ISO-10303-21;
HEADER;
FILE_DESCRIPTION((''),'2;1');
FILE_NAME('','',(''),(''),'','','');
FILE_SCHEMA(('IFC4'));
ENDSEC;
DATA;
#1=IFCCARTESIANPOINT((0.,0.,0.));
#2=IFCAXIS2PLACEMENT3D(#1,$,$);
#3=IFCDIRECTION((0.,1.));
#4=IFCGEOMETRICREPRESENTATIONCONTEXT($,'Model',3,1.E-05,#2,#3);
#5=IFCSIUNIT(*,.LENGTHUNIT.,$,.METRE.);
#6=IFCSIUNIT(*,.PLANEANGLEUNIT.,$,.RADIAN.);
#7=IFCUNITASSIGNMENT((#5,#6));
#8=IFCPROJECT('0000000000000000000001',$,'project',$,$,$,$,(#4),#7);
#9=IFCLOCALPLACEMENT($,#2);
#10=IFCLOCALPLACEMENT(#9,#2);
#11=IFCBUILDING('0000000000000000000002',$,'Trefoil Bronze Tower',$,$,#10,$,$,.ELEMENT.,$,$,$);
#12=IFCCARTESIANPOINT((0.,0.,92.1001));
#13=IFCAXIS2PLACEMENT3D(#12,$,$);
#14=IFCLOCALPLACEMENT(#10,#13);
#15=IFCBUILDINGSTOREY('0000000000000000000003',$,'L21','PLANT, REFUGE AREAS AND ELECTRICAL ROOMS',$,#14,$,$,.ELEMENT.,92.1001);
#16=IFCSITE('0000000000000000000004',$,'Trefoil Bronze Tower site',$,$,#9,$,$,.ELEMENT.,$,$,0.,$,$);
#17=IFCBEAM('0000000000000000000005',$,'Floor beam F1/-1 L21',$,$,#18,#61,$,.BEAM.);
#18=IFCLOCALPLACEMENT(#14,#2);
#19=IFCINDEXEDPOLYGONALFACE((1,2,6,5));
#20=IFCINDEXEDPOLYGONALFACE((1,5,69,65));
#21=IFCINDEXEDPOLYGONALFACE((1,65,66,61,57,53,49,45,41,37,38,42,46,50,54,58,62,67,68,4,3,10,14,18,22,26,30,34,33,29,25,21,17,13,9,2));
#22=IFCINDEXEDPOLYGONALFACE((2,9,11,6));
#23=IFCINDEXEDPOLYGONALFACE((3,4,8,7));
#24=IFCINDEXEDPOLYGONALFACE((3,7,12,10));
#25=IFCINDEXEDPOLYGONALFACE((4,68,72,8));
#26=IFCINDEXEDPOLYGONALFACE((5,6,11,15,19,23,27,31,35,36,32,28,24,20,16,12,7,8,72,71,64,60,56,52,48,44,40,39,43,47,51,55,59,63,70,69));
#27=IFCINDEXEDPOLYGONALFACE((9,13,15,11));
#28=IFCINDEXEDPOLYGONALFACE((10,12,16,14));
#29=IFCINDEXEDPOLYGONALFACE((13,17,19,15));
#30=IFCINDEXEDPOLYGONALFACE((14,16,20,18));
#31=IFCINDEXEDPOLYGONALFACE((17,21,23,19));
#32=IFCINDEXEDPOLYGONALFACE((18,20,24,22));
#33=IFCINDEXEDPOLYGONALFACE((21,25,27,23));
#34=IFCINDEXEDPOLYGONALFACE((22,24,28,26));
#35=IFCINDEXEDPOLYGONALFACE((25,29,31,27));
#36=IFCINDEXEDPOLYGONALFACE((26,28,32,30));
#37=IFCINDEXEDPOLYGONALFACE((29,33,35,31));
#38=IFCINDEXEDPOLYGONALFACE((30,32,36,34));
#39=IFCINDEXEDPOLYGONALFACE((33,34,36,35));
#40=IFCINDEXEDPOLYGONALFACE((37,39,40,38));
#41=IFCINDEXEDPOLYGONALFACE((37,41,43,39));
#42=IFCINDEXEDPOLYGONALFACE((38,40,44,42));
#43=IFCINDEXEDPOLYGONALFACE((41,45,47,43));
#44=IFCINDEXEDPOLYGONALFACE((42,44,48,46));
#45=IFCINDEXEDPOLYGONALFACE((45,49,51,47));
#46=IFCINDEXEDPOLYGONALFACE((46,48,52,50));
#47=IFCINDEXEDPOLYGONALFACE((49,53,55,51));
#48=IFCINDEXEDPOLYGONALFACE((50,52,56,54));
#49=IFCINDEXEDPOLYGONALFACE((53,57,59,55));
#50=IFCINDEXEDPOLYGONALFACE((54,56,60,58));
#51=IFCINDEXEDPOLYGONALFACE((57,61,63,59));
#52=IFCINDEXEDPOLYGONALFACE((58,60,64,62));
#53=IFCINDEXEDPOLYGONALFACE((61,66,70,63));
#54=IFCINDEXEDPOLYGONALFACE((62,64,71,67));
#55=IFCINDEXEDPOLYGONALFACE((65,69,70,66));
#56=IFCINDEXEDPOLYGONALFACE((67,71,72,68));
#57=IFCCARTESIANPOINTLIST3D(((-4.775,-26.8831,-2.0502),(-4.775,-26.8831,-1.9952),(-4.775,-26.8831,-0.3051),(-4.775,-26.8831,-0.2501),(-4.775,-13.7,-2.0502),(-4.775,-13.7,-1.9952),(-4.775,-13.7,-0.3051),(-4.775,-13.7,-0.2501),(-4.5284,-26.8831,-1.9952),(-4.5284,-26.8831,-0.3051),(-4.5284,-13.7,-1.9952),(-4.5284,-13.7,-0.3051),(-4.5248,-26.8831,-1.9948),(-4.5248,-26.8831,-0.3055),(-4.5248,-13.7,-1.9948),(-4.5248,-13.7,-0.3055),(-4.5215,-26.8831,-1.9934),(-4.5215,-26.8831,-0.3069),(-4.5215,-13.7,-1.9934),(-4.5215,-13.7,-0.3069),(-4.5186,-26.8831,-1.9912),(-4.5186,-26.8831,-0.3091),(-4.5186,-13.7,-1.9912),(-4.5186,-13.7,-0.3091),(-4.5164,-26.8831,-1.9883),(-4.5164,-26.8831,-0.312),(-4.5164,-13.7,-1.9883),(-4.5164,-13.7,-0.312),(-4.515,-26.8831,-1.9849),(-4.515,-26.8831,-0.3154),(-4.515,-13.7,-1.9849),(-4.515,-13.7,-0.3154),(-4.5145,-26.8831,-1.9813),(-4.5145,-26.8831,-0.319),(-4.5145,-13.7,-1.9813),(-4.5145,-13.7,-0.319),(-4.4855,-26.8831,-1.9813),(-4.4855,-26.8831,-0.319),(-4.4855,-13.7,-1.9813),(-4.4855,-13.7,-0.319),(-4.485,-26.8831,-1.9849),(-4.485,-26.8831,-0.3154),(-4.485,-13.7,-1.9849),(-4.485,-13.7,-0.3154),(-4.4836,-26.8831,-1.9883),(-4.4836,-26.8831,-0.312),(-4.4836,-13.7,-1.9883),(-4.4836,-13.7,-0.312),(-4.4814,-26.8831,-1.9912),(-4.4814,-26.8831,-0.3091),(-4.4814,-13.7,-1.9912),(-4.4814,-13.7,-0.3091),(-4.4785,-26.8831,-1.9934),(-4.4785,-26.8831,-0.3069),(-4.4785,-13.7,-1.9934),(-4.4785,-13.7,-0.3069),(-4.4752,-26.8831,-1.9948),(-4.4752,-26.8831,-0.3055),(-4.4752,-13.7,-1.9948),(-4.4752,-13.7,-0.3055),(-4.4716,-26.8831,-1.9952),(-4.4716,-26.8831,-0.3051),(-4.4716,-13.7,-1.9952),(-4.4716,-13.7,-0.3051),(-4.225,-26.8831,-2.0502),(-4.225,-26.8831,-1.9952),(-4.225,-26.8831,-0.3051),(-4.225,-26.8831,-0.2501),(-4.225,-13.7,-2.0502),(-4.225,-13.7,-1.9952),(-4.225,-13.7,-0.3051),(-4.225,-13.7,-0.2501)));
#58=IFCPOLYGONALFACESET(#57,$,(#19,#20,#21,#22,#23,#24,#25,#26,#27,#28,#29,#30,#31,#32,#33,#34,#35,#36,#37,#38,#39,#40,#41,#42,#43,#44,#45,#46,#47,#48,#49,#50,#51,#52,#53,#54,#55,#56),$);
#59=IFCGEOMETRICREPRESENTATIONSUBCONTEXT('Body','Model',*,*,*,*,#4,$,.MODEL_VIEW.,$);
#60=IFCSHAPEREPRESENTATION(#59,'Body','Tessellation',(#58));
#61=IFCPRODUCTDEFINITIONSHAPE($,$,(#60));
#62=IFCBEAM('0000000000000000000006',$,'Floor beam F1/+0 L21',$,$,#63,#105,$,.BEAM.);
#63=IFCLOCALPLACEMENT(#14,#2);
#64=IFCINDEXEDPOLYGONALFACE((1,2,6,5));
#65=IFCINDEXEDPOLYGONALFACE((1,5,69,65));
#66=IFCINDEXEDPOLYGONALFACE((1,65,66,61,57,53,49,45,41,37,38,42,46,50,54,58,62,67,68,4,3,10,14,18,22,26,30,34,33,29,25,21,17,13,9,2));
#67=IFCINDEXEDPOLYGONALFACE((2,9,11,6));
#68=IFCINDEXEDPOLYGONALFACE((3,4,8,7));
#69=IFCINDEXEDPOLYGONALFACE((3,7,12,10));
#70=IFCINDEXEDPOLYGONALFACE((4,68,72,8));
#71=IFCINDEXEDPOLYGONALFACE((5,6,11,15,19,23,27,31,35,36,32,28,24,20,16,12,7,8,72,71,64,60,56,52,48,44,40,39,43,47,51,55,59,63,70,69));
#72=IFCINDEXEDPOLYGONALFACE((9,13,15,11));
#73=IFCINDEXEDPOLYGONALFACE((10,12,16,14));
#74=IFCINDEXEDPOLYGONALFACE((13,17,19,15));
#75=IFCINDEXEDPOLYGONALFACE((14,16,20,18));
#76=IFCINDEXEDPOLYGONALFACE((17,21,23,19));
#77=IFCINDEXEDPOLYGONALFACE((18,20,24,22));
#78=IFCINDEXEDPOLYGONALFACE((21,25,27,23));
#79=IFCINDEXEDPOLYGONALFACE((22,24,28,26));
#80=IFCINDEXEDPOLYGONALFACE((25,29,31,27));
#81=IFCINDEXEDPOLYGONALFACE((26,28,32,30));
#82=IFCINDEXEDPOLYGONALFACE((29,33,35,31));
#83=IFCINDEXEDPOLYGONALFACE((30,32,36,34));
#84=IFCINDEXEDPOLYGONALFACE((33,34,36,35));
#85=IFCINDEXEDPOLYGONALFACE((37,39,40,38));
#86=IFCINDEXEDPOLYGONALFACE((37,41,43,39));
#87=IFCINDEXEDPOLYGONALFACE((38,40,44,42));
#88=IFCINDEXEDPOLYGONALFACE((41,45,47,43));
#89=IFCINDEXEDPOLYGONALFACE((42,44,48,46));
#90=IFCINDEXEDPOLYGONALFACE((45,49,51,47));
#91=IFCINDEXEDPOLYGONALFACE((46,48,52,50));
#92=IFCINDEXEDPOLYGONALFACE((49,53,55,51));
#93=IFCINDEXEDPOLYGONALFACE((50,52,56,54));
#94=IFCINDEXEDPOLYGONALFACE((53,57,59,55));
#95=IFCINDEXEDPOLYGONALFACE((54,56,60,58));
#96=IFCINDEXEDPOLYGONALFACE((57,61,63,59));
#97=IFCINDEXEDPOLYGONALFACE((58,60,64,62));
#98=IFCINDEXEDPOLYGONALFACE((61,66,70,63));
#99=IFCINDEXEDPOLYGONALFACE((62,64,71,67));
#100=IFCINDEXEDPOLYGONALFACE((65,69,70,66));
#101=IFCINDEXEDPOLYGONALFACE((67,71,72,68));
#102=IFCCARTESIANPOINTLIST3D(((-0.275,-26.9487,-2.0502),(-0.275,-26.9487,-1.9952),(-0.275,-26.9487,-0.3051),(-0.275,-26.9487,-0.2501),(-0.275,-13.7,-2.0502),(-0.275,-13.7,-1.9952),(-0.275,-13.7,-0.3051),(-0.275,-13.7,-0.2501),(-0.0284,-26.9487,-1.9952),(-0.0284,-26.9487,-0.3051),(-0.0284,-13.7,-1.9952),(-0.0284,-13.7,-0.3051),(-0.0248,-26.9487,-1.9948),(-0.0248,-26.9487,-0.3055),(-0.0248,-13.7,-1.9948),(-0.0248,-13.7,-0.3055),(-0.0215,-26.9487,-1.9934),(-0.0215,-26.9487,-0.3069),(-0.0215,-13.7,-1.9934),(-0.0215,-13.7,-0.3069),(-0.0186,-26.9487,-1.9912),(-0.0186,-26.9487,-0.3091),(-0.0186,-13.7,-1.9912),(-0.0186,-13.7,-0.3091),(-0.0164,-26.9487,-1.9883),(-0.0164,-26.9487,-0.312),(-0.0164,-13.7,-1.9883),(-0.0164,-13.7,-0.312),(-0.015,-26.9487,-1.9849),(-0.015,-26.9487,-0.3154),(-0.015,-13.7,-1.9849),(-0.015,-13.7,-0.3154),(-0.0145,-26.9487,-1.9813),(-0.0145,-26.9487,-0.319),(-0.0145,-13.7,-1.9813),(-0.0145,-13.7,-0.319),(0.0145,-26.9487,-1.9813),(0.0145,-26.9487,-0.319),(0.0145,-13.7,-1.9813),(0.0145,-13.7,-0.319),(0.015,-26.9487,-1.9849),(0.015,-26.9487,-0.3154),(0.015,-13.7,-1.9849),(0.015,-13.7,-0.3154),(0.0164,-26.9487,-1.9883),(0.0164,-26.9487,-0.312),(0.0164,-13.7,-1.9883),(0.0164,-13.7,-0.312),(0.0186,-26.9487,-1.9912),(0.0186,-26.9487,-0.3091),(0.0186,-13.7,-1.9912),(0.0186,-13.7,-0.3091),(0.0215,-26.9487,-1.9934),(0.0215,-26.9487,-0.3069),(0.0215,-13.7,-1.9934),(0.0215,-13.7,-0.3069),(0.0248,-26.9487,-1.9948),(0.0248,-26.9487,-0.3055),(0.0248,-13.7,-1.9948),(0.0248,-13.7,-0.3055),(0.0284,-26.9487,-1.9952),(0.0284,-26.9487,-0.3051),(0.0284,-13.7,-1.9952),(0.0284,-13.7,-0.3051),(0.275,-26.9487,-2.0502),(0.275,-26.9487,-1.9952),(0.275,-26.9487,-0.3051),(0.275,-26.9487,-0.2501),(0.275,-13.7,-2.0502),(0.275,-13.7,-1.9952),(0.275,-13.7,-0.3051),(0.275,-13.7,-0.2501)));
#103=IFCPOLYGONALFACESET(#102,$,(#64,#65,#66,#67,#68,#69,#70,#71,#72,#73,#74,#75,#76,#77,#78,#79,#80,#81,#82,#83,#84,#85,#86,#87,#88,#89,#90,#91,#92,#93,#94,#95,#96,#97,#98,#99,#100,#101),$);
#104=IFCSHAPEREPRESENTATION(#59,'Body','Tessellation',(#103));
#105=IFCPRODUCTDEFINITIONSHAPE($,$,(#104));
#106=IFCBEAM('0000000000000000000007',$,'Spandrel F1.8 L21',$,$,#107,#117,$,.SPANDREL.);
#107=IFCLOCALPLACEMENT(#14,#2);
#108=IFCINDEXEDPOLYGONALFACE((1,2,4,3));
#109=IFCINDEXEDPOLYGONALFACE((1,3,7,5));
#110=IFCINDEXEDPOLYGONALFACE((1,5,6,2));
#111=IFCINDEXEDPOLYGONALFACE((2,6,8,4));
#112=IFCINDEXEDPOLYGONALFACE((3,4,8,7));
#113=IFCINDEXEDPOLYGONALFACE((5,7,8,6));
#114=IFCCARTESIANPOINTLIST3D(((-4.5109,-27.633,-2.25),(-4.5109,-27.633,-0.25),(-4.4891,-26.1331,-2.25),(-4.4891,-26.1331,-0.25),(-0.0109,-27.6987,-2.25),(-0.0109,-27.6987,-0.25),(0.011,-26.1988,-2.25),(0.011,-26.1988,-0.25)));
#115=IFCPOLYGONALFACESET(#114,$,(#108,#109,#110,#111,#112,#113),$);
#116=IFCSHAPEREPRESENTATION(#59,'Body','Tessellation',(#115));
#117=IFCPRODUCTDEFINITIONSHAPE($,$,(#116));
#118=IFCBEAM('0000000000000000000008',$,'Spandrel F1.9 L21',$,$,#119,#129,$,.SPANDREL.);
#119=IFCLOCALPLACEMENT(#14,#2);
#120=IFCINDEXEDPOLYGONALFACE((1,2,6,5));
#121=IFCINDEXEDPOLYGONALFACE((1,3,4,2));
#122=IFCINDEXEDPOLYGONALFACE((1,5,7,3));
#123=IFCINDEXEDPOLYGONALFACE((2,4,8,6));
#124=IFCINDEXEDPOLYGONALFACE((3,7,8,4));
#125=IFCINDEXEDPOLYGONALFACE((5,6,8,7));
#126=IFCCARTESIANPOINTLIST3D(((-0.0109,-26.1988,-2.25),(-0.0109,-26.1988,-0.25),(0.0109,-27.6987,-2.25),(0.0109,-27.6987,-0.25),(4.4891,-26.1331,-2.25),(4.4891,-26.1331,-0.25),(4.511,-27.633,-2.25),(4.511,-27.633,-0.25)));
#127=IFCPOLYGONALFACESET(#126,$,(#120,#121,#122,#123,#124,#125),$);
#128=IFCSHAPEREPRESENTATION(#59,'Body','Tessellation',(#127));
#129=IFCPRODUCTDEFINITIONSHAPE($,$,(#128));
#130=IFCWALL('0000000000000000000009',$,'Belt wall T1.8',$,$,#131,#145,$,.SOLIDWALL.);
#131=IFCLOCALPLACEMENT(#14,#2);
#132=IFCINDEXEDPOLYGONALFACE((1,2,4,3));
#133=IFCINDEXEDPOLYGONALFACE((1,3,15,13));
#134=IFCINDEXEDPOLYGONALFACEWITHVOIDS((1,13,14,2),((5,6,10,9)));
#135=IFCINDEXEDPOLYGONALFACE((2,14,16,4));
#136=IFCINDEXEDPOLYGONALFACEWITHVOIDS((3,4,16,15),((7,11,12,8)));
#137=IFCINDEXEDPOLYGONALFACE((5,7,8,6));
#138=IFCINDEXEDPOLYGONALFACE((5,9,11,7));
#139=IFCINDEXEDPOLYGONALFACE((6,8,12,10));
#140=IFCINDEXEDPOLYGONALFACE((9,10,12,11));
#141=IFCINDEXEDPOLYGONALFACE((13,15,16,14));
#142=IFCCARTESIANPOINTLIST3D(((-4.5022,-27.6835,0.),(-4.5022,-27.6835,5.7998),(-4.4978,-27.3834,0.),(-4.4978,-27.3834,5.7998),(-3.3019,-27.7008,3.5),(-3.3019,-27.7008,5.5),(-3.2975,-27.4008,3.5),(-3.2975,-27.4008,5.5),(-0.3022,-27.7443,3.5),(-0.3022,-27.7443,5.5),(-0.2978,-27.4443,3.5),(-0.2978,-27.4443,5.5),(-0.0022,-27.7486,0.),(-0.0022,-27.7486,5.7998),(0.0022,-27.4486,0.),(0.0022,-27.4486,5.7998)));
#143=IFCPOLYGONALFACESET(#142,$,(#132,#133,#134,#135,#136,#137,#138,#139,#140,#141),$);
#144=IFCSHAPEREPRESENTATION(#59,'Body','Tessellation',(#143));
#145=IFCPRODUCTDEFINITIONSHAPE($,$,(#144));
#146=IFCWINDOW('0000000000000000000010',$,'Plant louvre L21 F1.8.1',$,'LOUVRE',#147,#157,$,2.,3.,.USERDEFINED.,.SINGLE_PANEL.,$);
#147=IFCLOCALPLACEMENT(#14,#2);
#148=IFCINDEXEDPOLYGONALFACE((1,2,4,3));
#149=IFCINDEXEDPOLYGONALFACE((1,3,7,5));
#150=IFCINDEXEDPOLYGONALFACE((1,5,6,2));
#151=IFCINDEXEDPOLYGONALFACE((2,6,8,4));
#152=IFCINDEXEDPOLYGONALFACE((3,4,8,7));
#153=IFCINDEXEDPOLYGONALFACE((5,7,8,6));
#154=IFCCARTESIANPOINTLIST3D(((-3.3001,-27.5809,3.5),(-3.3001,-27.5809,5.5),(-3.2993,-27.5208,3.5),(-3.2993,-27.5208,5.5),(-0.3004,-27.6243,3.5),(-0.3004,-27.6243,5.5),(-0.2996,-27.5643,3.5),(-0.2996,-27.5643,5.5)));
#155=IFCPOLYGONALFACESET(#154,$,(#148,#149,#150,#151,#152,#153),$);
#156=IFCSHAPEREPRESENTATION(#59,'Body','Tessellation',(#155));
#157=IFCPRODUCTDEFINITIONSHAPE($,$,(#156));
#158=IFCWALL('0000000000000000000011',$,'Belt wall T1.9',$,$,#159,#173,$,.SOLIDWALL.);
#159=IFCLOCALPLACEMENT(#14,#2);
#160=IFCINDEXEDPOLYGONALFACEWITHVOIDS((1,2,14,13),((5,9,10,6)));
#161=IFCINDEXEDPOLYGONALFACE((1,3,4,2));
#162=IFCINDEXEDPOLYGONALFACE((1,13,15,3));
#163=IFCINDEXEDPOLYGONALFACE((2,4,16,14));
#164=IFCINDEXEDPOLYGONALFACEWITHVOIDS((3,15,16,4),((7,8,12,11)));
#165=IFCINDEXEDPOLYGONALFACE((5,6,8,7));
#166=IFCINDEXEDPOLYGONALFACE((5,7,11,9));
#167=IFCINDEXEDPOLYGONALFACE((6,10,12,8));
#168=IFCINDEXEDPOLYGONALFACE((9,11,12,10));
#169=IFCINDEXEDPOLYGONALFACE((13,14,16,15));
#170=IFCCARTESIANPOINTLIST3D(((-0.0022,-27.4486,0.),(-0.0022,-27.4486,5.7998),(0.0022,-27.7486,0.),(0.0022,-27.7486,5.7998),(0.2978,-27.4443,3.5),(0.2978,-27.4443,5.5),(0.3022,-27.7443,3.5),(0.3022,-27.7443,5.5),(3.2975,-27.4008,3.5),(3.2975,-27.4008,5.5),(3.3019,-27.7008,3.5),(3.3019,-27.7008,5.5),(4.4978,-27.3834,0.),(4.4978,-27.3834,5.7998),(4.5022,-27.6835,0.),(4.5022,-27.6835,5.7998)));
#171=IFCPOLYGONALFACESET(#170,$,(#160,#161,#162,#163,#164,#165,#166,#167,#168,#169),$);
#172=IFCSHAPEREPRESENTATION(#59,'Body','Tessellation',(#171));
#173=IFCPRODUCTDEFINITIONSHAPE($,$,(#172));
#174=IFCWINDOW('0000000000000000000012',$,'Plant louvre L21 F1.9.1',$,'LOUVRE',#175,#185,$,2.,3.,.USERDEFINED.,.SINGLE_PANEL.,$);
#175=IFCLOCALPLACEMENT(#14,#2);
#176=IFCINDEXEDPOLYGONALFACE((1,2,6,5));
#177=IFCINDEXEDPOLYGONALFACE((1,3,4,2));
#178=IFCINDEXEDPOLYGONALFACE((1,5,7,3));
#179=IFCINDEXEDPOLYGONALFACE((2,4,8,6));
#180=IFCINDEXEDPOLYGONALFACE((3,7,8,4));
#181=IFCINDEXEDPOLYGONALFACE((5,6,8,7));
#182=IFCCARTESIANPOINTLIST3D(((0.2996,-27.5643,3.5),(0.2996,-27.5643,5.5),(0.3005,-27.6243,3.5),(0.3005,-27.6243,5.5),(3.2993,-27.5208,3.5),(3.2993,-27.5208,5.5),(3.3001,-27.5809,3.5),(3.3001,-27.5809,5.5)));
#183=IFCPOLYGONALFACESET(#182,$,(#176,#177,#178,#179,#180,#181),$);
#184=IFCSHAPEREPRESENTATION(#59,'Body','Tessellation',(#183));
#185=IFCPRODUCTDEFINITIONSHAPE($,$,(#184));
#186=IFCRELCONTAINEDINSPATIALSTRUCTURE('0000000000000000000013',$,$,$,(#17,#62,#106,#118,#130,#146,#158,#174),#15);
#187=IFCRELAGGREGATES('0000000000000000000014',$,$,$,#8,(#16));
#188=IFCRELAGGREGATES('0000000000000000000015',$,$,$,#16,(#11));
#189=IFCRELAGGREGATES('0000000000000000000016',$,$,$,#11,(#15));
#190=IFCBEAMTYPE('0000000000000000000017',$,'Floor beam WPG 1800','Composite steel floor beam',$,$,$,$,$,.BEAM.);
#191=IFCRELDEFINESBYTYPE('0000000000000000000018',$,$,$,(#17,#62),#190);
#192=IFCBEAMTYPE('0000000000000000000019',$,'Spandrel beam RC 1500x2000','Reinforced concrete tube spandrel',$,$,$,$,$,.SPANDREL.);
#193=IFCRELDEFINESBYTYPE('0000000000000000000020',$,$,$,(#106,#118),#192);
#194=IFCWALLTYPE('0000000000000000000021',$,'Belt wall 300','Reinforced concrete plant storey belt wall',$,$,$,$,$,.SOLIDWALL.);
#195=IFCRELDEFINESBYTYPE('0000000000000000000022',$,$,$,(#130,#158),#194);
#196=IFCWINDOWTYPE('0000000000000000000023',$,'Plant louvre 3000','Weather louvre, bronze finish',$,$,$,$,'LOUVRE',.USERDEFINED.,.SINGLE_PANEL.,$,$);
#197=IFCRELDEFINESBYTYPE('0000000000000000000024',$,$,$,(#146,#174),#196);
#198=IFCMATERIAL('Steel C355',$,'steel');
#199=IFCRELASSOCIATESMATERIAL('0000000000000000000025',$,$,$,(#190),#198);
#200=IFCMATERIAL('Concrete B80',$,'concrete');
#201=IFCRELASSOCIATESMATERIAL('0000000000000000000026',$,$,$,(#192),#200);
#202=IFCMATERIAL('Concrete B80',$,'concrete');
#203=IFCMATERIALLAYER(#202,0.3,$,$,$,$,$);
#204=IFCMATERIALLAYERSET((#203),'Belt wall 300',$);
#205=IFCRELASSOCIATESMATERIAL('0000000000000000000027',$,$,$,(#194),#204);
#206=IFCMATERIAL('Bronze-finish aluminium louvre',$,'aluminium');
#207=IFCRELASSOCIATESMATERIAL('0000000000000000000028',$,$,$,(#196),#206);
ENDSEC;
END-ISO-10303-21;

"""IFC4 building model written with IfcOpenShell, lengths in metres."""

from ifc_helpers import new_model, si_unit, direction, frame, frame_2d, origin, origin_2d, place, context, subcontext, project, spatial, rectangle, i_section, extrude, material, layer, layer_set, material_profile, profile_set, type_object, element, fill, save


model = new_model("IFC4")

# Units and contexts
model_context = context("Model", 3, precision=1e-05, world=origin(), true_north=direction((0.0, 1.0)))
body_context = subcontext(model_context, "Body", "Model", "MODEL_VIEW")
ifc_project = project(units=[si_unit("LENGTHUNIT", "METRE"), si_unit("PLANEANGLEUNIT", "RADIAN")], contexts=[model_context])

# Site, building, storey
site_placement = place(None, origin())
site = spatial("IfcSite", under=ifc_project, at=site_placement, Name="Trefoil Bronze Tower site", CompositionType="ELEMENT", RefElevation=0.0)
building_placement = place(site_placement, origin())
building = spatial("IfcBuilding", under=site, at=building_placement, Name="Trefoil Bronze Tower", CompositionType="ELEMENT")
storey_placement = place(building_placement, frame((0.0, 0.0, 92.1001)))
storey = spatial("IfcBuildingStorey", under=building, at=storey_placement, Name="L21", Description="PLANT, REFUGE AREAS AND ELECTRICAL ROOMS", CompositionType="ELEMENT", Elevation=92.1001)

# Beams
ifc_material_1 = material(Name="Steel C355", Category="steel")
ifc_material_profile_1 = material_profile(ifc_material_1, i_section(OverallWidth=0.55, OverallDepth=1.8, WebThickness=0.0291, FlangeThickness=0.0549, FilletRadius=0.0139, at=origin_2d()), Name="WPG 1800")
ifc_profile_set_1 = profile_set([ifc_material_profile_1], Name="Steel C355")
beam_type_1 = type_object("IfcBeamType", Name="Floor beam WPG 1800", Description="Composite steel floor beam", PredefinedType="BEAM", material=ifc_profile_set_1)
beam_1_placement = place(storey_placement, frame((-4.5, -26.8831, -1.1501), z_axis=(0.0, 1.0, 0.0), x_axis=(-1.0, 0.0, 0.0)))
element("IfcBeam", 1, at=beam_1_placement, inside=storey, type_object=beam_type_1, Name="Floor beam F1/-1 L21", PredefinedType="BEAM", context=body_context, shape_type="SweptSolid", body=[
    extrude(i_section(OverallWidth=0.55, OverallDepth=1.8, WebThickness=0.0291, FlangeThickness=0.0549, FilletRadius=0.0139, at=origin_2d()), origin(), (0.0, 0.0, 1.0), 13.1831),
])
beam_2_placement = place(storey_placement, frame((0.0, -26.9487, -1.1501), z_axis=(0.0, 1.0, 0.0), x_axis=(-1.0, 0.0, 0.0)))
element("IfcBeam", 2, at=beam_2_placement, inside=storey, type_object=beam_type_1, Name="Floor beam F1/+0 L21", PredefinedType="BEAM", context=body_context, shape_type="SweptSolid", body=[
    extrude(i_section(OverallWidth=0.55, OverallDepth=1.8, WebThickness=0.0291, FlangeThickness=0.0549, FilletRadius=0.0139, at=origin_2d()), origin(), (0.0, 0.0, 1.0), 13.2488),
])
ifc_material_2 = material(Name="Concrete B80", Category="concrete")
ifc_material_profile_2 = material_profile(ifc_material_2, rectangle(XDim=1.5, YDim=2.0, at=origin_2d()), Name="RC 1500x2000")
ifc_profile_set_2 = profile_set([ifc_material_profile_2], Name="Concrete B80")
beam_type_2 = type_object("IfcBeamType", Name="Spandrel beam RC 1500x2000", Description="Reinforced concrete tube spandrel", PredefinedType="SPANDREL", material=ifc_profile_set_2)
for number, where, z_axis, x_axis, name in (
    (3, (-4.5, -26.8831, -1.25), (0.999894, -0.014593, 0.0), (0.014593, 0.999894, 0.0), "Spandrel F1.8 L21"),
    (4, (0.0, -26.9487, -1.25), (0.999894, 0.014593, 0.0), (-0.014593, 0.999894, 0.0), "Spandrel F1.9 L21"),
):
    element("IfcBeam", number, at=place(storey_placement, frame(where, z_axis=z_axis, x_axis=x_axis)), inside=storey, type_object=beam_type_2, Name=name, PredefinedType="SPANDREL", context=body_context, shape_type="SweptSolid", body=[
        extrude(rectangle(XDim=1.5, YDim=2.0, at=origin_2d()), origin(), (0.0, 0.0, 1.0), 4.5005),
    ])

# Walls, openings, windows
ifc_material_3 = material(Name="Concrete B80", Category="concrete")
ifc_layer_1 = layer(ifc_material_3, 0.3)
ifc_layer_set_1 = layer_set([ifc_layer_1], Name="Belt wall 300")
wall_type = type_object("IfcWallType", Name="Belt wall 300", Description="Reinforced concrete plant storey belt wall", PredefinedType="SOLIDWALL", material=ifc_layer_set_1)
wall_1_placement = place(storey_placement, frame((-4.5, -27.5334, 0.0), z_axis=(0.0, 0.0, 1.0), x_axis=(0.999895, -0.014484, 0.0)))
wall_1 = element("IfcWall", 5, at=wall_1_placement, inside=storey, type_object=wall_type, Name="Belt wall T1.8", PredefinedType="SOLIDWALL", context=body_context, shape_type="SweptSolid", body=[
    extrude(rectangle(XDim=4.5005, YDim=0.3, at=frame_2d((2.2502, 0.0))), origin(), (0.0, 0.0, 1.0), 5.7998),
])
opening_1_placement = place(wall_1_placement, frame((1.2004, 0.0, 3.5)))
opening_1 = element("IfcOpeningElement", 6, at=opening_1_placement, cuts=wall_1, PredefinedType="OPENING", context=body_context, shape_type="SweptSolid", body=[
    extrude(rectangle(XDim=3.0, YDim=2.0, at=frame_2d((1.5, 1.0))), frame((0.0, 0.1599, 0.0), z_axis=(0.0, -1.0, 0.0), x_axis=(1.0, 0.0, 0.0)), (0.0, 0.0, 1.0), 0.3201),
])
ifc_material_4 = material(Name="Bronze-finish aluminium louvre", Category="aluminium")
window_type = type_object("IfcWindowType", Name="Plant louvre 3000", Description="Weather louvre, bronze finish", ElementType="LOUVRE", PartitioningType="SINGLE_PANEL", PredefinedType="USERDEFINED", material=ifc_material_4)
window_1_placement = place(opening_1_placement, origin())
window_1 = element("IfcWindow", 7, at=window_1_placement, inside=storey, type_object=window_type, Name="Plant louvre L21 F1.8.1", ObjectType="LOUVRE", OverallHeight=2.0, OverallWidth=3.0, PartitioningType="SINGLE_PANEL", PredefinedType="USERDEFINED", context=body_context, shape_type="SweptSolid", body=[
    extrude(rectangle(XDim=3.0, YDim=2.0, at=frame_2d((1.5, 1.0))), frame((0.0, 0.03, 0.0), z_axis=(0.0, -1.0, 0.0), x_axis=(1.0, 0.0, 0.0)), (0.0, 0.0, 1.0), 0.0601),
])
fill(opening_1, window_1)
wall_2_placement = place(storey_placement, frame((0.0, -27.5986, 0.0), z_axis=(0.0, 0.0, 1.0), x_axis=(0.999895, 0.014484, 0.0)))
wall_2 = element("IfcWall", 8, at=wall_2_placement, inside=storey, type_object=wall_type, Name="Belt wall T1.9", PredefinedType="SOLIDWALL", context=body_context, shape_type="SweptSolid", body=[
    extrude(rectangle(XDim=4.5005, YDim=0.3, at=frame_2d((2.2502, 0.0))), origin(), (0.0, 0.0, 1.0), 5.7998),
])
opening_2_placement = place(wall_2_placement, frame((0.3, 0.0, 3.5)))
opening_2 = element("IfcOpeningElement", 9, at=opening_2_placement, cuts=wall_2, PredefinedType="OPENING", context=body_context, shape_type="SweptSolid", body=[
    extrude(rectangle(XDim=3.0, YDim=2.0, at=frame_2d((1.5, 1.0))), frame((0.0, 0.1599, 0.0), z_axis=(0.0, -1.0, 0.0), x_axis=(1.0, 0.0, 0.0)), (0.0, 0.0, 1.0), 0.3201),
])
window_2_placement = place(opening_2_placement, origin())
window_2 = element("IfcWindow", 10, at=window_2_placement, inside=storey, type_object=window_type, Name="Plant louvre L21 F1.9.1", ObjectType="LOUVRE", OverallHeight=2.0, OverallWidth=3.0, PartitioningType="SINGLE_PANEL", PredefinedType="USERDEFINED", context=body_context, shape_type="SweptSolid", body=[
    extrude(rectangle(XDim=3.0, YDim=2.0, at=frame_2d((1.5, 1.0))), frame((0.0, 0.03, 0.0), z_axis=(0.0, -1.0, 0.0), x_axis=(1.0, 0.0, 0.0)), (0.0, 0.0, 1.0), 0.0601),
])
fill(opening_2, window_2)

save(model, "model.ifc")
